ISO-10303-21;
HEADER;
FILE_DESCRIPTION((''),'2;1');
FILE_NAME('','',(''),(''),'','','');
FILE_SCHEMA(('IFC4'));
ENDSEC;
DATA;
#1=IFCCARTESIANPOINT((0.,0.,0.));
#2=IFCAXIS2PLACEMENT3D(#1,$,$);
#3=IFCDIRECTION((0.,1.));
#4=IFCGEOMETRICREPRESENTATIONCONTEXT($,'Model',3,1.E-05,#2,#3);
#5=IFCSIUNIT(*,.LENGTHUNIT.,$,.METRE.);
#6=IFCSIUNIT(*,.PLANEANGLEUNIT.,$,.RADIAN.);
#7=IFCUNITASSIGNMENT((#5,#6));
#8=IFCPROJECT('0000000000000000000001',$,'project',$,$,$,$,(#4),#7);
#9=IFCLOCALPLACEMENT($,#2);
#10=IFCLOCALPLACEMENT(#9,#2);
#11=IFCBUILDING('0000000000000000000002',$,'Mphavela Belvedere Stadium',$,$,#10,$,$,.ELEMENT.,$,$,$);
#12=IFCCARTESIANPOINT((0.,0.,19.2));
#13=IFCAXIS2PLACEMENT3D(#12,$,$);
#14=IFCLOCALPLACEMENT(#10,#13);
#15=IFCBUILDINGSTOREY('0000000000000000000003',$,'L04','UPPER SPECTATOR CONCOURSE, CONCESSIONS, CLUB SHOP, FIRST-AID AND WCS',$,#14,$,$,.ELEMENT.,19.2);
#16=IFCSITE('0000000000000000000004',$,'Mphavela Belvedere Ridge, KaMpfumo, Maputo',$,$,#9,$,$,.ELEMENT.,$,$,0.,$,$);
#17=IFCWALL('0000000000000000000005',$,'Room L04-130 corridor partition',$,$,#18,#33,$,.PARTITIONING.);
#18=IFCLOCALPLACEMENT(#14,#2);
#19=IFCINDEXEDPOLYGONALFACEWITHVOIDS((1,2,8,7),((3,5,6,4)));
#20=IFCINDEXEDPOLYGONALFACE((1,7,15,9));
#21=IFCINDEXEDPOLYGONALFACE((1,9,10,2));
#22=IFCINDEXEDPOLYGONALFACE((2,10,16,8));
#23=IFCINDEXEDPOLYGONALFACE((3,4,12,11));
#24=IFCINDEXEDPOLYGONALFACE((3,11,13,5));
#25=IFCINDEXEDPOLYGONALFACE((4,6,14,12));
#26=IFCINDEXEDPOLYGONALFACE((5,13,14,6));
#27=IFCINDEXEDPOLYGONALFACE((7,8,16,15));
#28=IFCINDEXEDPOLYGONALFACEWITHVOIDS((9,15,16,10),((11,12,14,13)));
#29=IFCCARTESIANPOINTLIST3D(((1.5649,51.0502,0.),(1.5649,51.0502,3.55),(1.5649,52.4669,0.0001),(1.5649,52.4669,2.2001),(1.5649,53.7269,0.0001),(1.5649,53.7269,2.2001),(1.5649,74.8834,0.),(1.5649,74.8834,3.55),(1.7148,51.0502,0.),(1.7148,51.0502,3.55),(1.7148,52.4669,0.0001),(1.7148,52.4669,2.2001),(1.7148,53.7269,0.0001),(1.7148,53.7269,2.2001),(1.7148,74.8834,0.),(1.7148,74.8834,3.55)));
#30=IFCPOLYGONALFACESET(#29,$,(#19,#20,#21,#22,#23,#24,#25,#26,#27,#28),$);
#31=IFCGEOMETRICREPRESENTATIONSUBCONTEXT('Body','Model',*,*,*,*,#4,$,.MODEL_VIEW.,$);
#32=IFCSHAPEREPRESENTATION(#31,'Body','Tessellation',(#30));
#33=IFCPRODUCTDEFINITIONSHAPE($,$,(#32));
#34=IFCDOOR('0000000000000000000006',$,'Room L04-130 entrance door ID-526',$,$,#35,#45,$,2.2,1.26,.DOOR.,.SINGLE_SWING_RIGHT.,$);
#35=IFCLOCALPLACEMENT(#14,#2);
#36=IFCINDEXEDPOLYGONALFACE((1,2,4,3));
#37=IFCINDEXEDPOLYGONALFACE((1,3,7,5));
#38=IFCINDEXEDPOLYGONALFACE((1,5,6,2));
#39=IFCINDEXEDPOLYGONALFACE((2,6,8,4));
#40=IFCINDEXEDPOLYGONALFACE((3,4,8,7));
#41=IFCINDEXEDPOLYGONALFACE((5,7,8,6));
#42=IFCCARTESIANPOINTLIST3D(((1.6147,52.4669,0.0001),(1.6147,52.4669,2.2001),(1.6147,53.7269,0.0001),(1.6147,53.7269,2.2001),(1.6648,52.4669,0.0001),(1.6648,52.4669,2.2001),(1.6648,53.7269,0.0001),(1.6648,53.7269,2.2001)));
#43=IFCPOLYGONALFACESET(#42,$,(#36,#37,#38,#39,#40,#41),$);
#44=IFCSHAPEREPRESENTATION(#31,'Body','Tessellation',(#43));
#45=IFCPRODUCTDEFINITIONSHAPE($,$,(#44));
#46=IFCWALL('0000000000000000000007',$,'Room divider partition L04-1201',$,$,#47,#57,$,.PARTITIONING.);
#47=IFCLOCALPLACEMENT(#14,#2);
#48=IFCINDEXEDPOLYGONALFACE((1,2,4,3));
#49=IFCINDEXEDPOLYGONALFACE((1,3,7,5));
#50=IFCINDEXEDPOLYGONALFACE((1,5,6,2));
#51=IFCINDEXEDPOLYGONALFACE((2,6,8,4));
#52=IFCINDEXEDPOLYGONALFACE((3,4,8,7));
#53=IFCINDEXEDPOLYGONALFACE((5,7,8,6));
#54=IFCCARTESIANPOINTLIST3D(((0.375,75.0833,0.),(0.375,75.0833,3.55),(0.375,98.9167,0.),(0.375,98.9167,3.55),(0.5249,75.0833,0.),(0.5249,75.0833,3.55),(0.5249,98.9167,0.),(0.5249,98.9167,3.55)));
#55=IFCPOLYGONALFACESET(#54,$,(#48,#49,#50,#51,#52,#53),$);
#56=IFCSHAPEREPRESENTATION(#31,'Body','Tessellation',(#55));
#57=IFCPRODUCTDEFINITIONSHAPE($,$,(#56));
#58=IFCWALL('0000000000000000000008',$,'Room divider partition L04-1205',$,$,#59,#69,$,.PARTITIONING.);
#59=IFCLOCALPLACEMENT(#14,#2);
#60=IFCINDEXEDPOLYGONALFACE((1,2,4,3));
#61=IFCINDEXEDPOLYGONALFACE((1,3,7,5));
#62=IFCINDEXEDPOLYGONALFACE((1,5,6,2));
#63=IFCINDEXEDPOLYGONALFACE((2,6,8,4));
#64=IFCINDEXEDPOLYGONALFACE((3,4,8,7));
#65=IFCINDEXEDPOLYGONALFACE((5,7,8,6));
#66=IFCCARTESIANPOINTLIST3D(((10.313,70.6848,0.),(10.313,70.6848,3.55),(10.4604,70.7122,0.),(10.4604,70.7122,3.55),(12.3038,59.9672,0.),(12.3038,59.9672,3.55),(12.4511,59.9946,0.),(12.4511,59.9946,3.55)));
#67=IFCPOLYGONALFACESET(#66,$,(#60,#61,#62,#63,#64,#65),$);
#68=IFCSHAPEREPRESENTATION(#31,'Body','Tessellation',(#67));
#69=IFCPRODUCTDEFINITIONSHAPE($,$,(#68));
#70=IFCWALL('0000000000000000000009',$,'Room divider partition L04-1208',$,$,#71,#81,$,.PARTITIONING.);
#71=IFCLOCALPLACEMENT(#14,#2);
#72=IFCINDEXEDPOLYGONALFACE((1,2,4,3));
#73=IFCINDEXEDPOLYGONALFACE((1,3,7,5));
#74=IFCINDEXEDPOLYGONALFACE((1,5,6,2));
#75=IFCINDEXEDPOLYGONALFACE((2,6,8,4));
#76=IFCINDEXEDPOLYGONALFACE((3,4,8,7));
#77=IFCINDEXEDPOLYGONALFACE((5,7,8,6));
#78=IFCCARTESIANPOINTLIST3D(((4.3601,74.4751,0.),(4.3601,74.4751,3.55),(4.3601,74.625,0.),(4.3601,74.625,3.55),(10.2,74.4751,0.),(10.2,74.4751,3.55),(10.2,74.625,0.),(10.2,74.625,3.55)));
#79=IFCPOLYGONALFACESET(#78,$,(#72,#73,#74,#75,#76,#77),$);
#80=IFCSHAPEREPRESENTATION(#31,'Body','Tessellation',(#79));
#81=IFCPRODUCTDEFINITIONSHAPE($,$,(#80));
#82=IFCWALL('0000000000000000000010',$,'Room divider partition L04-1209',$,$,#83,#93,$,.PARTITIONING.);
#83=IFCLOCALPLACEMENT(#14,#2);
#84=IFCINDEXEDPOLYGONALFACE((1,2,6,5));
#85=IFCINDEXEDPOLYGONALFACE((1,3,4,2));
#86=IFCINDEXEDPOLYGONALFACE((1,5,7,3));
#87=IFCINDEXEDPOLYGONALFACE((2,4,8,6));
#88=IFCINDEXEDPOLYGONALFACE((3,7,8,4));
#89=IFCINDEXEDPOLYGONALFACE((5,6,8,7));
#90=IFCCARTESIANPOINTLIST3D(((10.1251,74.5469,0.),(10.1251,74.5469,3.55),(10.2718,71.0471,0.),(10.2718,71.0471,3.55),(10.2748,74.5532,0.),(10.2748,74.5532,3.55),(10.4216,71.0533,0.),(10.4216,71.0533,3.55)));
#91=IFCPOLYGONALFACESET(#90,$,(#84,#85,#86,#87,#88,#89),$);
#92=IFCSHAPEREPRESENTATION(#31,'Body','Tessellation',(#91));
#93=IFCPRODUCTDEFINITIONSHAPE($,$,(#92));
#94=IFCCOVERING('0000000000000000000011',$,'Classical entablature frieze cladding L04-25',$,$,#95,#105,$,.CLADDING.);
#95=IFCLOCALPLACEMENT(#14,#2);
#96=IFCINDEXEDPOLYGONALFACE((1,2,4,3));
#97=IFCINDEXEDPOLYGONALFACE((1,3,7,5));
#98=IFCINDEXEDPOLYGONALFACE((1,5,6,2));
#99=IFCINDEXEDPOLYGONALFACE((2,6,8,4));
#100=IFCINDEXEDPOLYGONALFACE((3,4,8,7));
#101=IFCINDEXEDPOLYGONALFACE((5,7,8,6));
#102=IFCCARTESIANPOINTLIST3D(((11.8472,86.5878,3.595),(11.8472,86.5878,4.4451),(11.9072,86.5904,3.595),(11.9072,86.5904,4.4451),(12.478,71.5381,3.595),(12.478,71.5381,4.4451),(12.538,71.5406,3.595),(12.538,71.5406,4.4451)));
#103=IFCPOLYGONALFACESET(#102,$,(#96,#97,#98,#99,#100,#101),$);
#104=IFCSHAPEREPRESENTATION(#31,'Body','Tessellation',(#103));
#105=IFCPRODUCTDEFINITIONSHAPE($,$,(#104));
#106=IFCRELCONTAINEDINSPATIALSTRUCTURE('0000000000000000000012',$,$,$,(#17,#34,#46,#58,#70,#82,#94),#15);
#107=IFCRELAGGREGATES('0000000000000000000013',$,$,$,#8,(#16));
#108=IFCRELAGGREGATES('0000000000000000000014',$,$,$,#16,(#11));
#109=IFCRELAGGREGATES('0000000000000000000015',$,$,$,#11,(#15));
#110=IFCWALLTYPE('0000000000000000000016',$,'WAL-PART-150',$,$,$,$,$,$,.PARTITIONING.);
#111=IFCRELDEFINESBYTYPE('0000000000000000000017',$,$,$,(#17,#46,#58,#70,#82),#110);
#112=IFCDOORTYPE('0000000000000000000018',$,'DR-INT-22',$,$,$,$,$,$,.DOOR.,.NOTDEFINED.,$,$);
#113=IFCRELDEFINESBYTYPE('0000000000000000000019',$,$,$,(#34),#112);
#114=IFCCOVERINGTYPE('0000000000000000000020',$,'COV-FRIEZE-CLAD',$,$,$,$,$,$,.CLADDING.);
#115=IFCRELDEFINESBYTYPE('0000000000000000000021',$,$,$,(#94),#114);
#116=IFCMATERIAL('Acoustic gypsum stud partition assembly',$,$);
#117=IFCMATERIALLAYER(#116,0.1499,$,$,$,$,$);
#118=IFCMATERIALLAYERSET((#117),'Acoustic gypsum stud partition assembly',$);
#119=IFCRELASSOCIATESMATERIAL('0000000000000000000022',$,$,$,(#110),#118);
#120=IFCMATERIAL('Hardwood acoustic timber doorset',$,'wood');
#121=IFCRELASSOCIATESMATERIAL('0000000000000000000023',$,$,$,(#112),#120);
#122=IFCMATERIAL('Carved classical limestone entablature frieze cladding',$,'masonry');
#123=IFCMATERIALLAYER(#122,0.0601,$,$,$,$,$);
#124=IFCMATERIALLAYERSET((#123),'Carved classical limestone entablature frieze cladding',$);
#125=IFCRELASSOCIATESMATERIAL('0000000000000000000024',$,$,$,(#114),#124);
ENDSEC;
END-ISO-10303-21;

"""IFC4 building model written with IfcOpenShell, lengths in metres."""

from ifc_helpers import new_model, si_unit, direction, frame, frame_2d, origin, origin_2d, place, context, subcontext, project, spatial, rectangle, extrude, material, layer, layer_set, type_object, element, fill, save


model = new_model("IFC4")

# Units and contexts
model_context = context("Model", 3, precision=1e-05, world=origin(), true_north=direction((0.0, 1.0)))
body_context = subcontext(model_context, "Body", "Model", "MODEL_VIEW")
ifc_project = project(units=[si_unit("LENGTHUNIT", "METRE"), si_unit("PLANEANGLEUNIT", "RADIAN")], contexts=[model_context])

# Site, building, storey
site_placement = place(None, origin())
site = spatial("IfcSite", under=ifc_project, at=site_placement, Name="Mphavela Belvedere Ridge, KaMpfumo, Maputo", CompositionType="ELEMENT", RefElevation=0.0)
building_placement = place(site_placement, origin())
building = spatial("IfcBuilding", under=site, at=building_placement, Name="Mphavela Belvedere Stadium", CompositionType="ELEMENT")
storey_placement = place(building_placement, frame((0.0, 0.0, 19.2)))
storey = spatial("IfcBuildingStorey", under=building, at=storey_placement, Name="L04", Description="UPPER SPECTATOR CONCOURSE, CONCESSIONS, CLUB SHOP, FIRST-AID AND WCS", CompositionType="ELEMENT", Elevation=19.2)

# Wall, opening, door
ifc_material_1 = material(Name="Acoustic gypsum stud partition assembly")
ifc_layer_1 = layer(ifc_material_1, 0.1499)
ifc_layer_set_1 = layer_set([ifc_layer_1], Name="Acoustic gypsum stud partition assembly")
wall_type_1 = type_object("IfcWallType", Name="WAL-PART-150", PredefinedType="PARTITIONING", material=ifc_layer_set_1)
wall_1_placement = place(storey_placement, frame((1.6399, 74.8833, 0.0), z_axis=(0.0, 0.0, 1.0), x_axis=(0.0, -1.0, 0.0)))
wall_1 = element("IfcWall", 1, at=wall_1_placement, inside=storey, type_object=wall_type_1, Name="Room L04-130 corridor partition", PredefinedType="PARTITIONING", context=body_context, shape_type="SweptSolid", body=[
    extrude(rectangle(XDim=23.8333, YDim=0.1499, at=frame_2d((11.9165, 0.0))), origin(), (0.0, 0.0, 1.0), 3.55),
])
opening_1_placement = place(wall_1_placement, frame((21.1565, 0.0, 0.0)))
opening_1 = element("IfcOpeningElement", 2, at=opening_1_placement, cuts=wall_1, PredefinedType="OPENING", context=body_context, shape_type="SweptSolid", body=[
    extrude(rectangle(XDim=1.26, YDim=2.2, at=frame_2d((0.6299, 1.1001))), frame((0.0, 0.085, 0.0), z_axis=(0.0, -1.0, 0.0), x_axis=(1.0, 0.0, 0.0)), (0.0, 0.0, 1.0), 0.1699),
])
ifc_material_2 = material(Name="Hardwood acoustic timber doorset", Category="wood")
door_type = type_object("IfcDoorType", Name="DR-INT-22", OperationType="NOTDEFINED", PredefinedType="DOOR", material=ifc_material_2)
door_placement = place(opening_1_placement, origin())
door = element("IfcDoor", 3, at=door_placement, inside=storey, type_object=door_type, Name="Room L04-130 entrance door ID-526", OperationType="SINGLE_SWING_RIGHT", OverallHeight=2.2, OverallWidth=1.26, PredefinedType="DOOR", context=body_context, shape_type="SweptSolid", body=[
    extrude(rectangle(XDim=1.26, YDim=2.2, at=frame_2d((0.6299, 1.1001))), frame((0.0, 0.0249, 0.0), z_axis=(0.0, -1.0, 0.0), x_axis=(1.0, 0.0, 0.0)), (0.0, 0.0, 1.0), 0.05),
])
fill(opening_1, door)

# Walls
wall_2_placement = place(storey_placement, frame((0.45, 75.0833, 0.0), z_axis=(0.0, 0.0, 1.0), x_axis=(0.0, 1.0, 0.0)))
element("IfcWall", 4, at=wall_2_placement, inside=storey, type_object=wall_type_1, Name="Room divider partition L04-1201", PredefinedType="PARTITIONING", context=body_context, shape_type="SweptSolid", body=[
    extrude(rectangle(XDim=23.8335, YDim=0.1499, at=frame_2d((11.9167, 0.0))), origin(), (0.0, 0.0, 1.0), 3.55),
])
wall_3_placement = place(storey_placement, frame((10.3867, 70.6985, 0.0), z_axis=(0.0, 0.0, 1.0), x_axis=(0.182621, -0.983183, 0.0)))
element("IfcWall", 5, at=wall_3_placement, inside=storey, type_object=wall_type_1, Name="Room divider partition L04-1205", PredefinedType="PARTITIONING", context=body_context, shape_type="SweptSolid", body=[
    extrude(rectangle(XDim=10.9009, YDim=0.1499, at=frame_2d((5.4504, 0.0))), origin(), (0.0, 0.0, 1.0), 3.55),
])
wall_4_placement = place(storey_placement, frame((4.3601, 74.55, 0.0), z_axis=(0.0, 0.0, 1.0), x_axis=(1.0, 0.0, 0.0)))
element("IfcWall", 6, at=wall_4_placement, inside=storey, type_object=wall_type_1, Name="Room divider partition L04-1208", PredefinedType="PARTITIONING", context=body_context, shape_type="SweptSolid", body=[
    extrude(rectangle(XDim=5.8398, YDim=0.1499, at=frame_2d((2.9199, 0.0))), origin(), (0.0, 0.0, 1.0), 3.55),
])
wall_5_placement = place(storey_placement, frame((10.2, 74.55, 0.0), z_axis=(0.0, 0.0, 1.0), x_axis=(0.041889, -0.999122, 0.0)))
element("IfcWall", 7, at=wall_5_placement, inside=storey, type_object=wall_type_1, Name="Room divider partition L04-1209", PredefinedType="PARTITIONING", context=body_context, shape_type="SweptSolid", body=[
    extrude(rectangle(XDim=3.5029, YDim=0.1499, at=frame_2d((1.7515, 0.0))), origin(), (0.0, 0.0, 1.0), 3.55),
])

# Covering
ifc_material_3 = material(Name="Carved classical limestone entablature frieze cladding", Category="masonry")
ifc_layer_2 = layer(ifc_material_3, 0.0601)
ifc_layer_set_2 = layer_set([ifc_layer_2], Name="Carved classical limestone entablature frieze cladding")
covering_type = type_object("IfcCoveringType", Name="COV-FRIEZE-CLAD", PredefinedType="CLADDING", material=ifc_layer_set_2)
covering_placement = place(storey_placement, frame((12.1926, 79.0642, 3.595), z_axis=(0.0, 0.0, 1.0), x_axis=(0.041876, -0.999123, 0.0)))
element("IfcCovering", 8, at=covering_placement, inside=storey, type_object=covering_type, Name="Classical entablature frieze cladding L04-25", PredefinedType="CLADDING", context=body_context, shape_type="SweptSolid", body=[
    extrude(rectangle(XDim=15.063, YDim=0.0601, at=origin_2d()), origin(), (0.0, 0.0, 1.0), 0.8501),
])

save(model, "model.ifc")
